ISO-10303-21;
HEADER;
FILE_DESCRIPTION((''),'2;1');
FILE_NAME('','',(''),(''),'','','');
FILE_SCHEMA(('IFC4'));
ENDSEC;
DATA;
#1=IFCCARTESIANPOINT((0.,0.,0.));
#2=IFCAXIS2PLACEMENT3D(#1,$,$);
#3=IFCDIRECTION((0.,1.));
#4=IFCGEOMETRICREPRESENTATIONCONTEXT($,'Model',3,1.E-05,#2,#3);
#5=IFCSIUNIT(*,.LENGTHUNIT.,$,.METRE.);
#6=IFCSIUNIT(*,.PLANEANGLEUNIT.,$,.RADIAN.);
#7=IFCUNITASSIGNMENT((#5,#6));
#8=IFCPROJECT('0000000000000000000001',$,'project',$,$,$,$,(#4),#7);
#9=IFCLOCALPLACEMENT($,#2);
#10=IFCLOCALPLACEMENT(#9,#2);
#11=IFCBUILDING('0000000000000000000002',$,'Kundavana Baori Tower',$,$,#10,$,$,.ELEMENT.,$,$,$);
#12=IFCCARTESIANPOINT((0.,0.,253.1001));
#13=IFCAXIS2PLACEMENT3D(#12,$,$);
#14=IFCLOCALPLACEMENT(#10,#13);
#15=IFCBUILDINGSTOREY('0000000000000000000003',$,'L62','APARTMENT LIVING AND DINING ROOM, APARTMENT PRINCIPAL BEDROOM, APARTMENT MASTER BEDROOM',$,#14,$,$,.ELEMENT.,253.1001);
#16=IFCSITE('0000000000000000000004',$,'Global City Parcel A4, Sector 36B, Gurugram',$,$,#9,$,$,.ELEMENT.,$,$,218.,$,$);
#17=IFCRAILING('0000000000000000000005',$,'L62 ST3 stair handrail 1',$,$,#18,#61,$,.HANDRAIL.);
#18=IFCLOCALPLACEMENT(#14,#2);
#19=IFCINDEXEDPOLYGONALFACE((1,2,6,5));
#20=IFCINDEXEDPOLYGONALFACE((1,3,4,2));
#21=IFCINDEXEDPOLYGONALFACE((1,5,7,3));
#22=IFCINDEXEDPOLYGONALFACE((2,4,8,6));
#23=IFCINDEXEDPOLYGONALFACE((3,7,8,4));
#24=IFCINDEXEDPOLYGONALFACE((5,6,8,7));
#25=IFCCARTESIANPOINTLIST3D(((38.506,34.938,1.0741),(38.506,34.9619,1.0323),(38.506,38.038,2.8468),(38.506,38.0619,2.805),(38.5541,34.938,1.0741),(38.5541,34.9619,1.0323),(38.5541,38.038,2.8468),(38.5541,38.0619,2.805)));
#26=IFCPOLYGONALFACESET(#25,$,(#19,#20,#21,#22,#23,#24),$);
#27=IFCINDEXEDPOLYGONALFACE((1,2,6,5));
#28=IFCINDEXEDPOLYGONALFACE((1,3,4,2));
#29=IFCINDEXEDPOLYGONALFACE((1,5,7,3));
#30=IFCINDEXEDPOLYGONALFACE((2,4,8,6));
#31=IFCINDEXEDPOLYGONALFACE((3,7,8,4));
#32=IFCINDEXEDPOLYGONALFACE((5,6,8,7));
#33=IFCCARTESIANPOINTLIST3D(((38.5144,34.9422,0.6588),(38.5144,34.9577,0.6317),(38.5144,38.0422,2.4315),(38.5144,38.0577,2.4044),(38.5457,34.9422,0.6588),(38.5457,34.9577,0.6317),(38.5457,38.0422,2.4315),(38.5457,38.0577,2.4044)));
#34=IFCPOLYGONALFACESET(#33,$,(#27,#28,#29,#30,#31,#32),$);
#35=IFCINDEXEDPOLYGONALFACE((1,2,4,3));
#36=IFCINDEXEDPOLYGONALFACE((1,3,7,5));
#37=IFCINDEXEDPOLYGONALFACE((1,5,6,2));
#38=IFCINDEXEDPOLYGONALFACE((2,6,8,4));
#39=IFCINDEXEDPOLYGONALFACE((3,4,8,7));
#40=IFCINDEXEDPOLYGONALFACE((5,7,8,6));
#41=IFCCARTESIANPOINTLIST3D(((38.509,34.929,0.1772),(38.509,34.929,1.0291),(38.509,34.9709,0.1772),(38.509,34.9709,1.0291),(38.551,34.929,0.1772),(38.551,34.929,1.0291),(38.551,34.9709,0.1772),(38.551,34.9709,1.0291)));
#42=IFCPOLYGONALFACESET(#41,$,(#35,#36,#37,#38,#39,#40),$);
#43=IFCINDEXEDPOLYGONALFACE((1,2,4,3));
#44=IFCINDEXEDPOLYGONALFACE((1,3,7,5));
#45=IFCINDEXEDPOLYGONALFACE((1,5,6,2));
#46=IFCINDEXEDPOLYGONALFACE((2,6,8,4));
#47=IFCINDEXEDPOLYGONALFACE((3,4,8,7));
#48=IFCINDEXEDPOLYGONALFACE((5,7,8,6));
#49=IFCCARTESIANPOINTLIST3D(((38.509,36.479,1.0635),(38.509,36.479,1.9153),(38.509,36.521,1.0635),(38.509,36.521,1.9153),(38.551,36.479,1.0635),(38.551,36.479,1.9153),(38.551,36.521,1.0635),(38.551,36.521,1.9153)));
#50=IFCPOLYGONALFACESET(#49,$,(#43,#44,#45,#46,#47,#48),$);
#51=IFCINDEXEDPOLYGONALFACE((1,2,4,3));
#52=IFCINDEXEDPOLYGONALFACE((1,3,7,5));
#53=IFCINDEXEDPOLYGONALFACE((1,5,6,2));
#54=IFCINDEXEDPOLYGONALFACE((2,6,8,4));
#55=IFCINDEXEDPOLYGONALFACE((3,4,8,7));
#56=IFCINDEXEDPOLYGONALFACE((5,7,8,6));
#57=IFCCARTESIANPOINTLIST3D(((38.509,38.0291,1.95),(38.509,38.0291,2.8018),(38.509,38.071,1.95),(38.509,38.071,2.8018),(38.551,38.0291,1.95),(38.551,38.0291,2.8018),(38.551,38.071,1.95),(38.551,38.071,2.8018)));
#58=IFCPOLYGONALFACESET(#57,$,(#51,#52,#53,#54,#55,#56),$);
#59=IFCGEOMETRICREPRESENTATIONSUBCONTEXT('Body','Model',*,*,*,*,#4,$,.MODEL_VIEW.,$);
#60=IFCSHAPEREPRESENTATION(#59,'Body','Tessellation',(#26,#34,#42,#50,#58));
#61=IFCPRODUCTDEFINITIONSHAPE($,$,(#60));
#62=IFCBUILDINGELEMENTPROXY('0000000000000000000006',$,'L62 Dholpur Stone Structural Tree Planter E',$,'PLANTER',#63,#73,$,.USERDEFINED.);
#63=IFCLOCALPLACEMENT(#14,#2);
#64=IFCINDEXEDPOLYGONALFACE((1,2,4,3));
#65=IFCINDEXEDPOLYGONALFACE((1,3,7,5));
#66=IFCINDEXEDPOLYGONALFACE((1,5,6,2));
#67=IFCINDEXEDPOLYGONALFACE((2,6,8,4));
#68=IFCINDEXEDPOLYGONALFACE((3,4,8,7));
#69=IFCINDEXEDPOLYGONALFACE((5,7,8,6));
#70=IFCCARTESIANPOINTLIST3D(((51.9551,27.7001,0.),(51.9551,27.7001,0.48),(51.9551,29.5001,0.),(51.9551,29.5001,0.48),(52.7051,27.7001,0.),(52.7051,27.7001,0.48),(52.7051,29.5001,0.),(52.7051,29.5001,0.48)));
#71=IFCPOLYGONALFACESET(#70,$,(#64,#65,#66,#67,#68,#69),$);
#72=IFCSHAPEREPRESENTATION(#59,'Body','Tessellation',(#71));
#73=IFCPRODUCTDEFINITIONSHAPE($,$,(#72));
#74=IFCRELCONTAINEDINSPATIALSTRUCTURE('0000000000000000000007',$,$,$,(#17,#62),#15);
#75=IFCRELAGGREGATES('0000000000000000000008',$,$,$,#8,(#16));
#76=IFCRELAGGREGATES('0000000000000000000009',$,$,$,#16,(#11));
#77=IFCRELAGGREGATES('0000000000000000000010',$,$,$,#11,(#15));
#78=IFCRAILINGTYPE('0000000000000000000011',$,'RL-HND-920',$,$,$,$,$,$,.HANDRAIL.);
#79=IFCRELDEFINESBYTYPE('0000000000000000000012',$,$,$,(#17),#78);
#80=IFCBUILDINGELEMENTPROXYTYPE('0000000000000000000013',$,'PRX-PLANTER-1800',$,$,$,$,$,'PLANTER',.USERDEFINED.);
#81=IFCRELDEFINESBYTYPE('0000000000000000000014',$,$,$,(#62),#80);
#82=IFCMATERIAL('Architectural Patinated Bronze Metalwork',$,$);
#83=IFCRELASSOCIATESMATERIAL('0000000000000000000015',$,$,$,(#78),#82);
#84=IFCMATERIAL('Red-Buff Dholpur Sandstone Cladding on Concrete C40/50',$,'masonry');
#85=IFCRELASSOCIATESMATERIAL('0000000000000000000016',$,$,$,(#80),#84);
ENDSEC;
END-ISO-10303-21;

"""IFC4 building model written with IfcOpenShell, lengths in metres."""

from ifc_helpers import new_model, si_unit, direction, frame, origin, origin_2d, place, context, subcontext, project, spatial, rectangle, extrude, material, type_object, element, save


model = new_model("IFC4")

# Units and contexts
model_context = context("Model", 3, precision=1e-05, world=origin(), true_north=direction((0.0, 1.0)))
body_context = subcontext(model_context, "Body", "Model", "MODEL_VIEW")
ifc_project = project(units=[si_unit("LENGTHUNIT", "METRE"), si_unit("PLANEANGLEUNIT", "RADIAN")], contexts=[model_context])

# Site, building, storey
site_placement = place(None, origin())
site = spatial("IfcSite", under=ifc_project, at=site_placement, Name="Global City Parcel A4, Sector 36B, Gurugram", CompositionType="ELEMENT", RefElevation=218.0)
building_placement = place(site_placement, origin())
building = spatial("IfcBuilding", under=site, at=building_placement, Name="Kundavana Baori Tower", CompositionType="ELEMENT")
storey_placement = place(building_placement, frame((0.0, 0.0, 253.1001)))
storey = spatial("IfcBuildingStorey", under=building, at=storey_placement, Name="L62", Description="APARTMENT LIVING AND DINING ROOM, APARTMENT PRINCIPAL BEDROOM, APARTMENT MASTER BEDROOM", CompositionType="ELEMENT", Elevation=253.1001)

# Railing
ifc_material_1 = material(Name="Architectural Patinated Bronze Metalwork")
railing_type_1 = type_object("IfcRailingType", Name="RL-HND-920", PredefinedType="HANDRAIL", material=ifc_material_1)
railing_1_placement = place(storey_placement, frame((38.53, 34.95, 0.1772)))
element("IfcRailing", 1, at=railing_1_placement, inside=storey, type_object=railing_type_1, Name="L62 ST3 stair handrail 1", PredefinedType="HANDRAIL", context=body_context, shape_type="SweptSolid", body=[
    extrude(rectangle(XDim=0.0481, YDim=0.0481, at=origin_2d()), frame((0.0, 0.0, 0.876), z_axis=(0.0, 0.868096, 0.496397), x_axis=(-1.0, 0.0, 0.0)), (0.0, 0.0, 1.0), 3.571),
    extrude(rectangle(XDim=0.0312, YDim=0.0312, at=origin_2d()), frame((0.0, 0.0, 0.468), z_axis=(0.0, 0.868096, 0.496397), x_axis=(-1.0, 0.0, 0.0)), (0.0, 0.0, 1.0), 3.571),
    extrude(rectangle(XDim=0.042, YDim=0.042, at=origin_2d()), origin(), (0.0, 0.0, 1.0), 0.8518),
    extrude(rectangle(XDim=0.042, YDim=0.042, at=origin_2d()), frame((0.0, 1.55, 0.8862)), (0.0, 0.0, 1.0), 0.8518),
    extrude(rectangle(XDim=0.042, YDim=0.042, at=origin_2d()), frame((0.0, 3.1001, 1.7727)), (0.0, 0.0, 1.0), 0.8518),
])

# Building element proxy
ifc_material_2 = material(Name="Red-Buff Dholpur Sandstone Cladding on Concrete C40/50", Category="masonry")
building_element_proxy_type = type_object("IfcBuildingElementProxyType", Name="PRX-PLANTER-1800", ElementType="PLANTER", PredefinedType="USERDEFINED", material=ifc_material_2)
proxy_placement = place(storey_placement, frame((52.3301, 28.6001, 0.0), z_axis=(0.0, 0.0, 1.0), x_axis=(0.0, 1.0, 0.0)))
element("IfcBuildingElementProxy", 2, at=proxy_placement, inside=storey, type_object=building_element_proxy_type, Name="L62 Dholpur Stone Structural Tree Planter E", ObjectType="PLANTER", PredefinedType="USERDEFINED", context=body_context, shape_type="SweptSolid", body=[
    extrude(rectangle(XDim=1.8, YDim=0.75, at=origin_2d()), origin(), (0.0, 0.0, 1.0), 0.48),
])

save(model, "model.ifc")
